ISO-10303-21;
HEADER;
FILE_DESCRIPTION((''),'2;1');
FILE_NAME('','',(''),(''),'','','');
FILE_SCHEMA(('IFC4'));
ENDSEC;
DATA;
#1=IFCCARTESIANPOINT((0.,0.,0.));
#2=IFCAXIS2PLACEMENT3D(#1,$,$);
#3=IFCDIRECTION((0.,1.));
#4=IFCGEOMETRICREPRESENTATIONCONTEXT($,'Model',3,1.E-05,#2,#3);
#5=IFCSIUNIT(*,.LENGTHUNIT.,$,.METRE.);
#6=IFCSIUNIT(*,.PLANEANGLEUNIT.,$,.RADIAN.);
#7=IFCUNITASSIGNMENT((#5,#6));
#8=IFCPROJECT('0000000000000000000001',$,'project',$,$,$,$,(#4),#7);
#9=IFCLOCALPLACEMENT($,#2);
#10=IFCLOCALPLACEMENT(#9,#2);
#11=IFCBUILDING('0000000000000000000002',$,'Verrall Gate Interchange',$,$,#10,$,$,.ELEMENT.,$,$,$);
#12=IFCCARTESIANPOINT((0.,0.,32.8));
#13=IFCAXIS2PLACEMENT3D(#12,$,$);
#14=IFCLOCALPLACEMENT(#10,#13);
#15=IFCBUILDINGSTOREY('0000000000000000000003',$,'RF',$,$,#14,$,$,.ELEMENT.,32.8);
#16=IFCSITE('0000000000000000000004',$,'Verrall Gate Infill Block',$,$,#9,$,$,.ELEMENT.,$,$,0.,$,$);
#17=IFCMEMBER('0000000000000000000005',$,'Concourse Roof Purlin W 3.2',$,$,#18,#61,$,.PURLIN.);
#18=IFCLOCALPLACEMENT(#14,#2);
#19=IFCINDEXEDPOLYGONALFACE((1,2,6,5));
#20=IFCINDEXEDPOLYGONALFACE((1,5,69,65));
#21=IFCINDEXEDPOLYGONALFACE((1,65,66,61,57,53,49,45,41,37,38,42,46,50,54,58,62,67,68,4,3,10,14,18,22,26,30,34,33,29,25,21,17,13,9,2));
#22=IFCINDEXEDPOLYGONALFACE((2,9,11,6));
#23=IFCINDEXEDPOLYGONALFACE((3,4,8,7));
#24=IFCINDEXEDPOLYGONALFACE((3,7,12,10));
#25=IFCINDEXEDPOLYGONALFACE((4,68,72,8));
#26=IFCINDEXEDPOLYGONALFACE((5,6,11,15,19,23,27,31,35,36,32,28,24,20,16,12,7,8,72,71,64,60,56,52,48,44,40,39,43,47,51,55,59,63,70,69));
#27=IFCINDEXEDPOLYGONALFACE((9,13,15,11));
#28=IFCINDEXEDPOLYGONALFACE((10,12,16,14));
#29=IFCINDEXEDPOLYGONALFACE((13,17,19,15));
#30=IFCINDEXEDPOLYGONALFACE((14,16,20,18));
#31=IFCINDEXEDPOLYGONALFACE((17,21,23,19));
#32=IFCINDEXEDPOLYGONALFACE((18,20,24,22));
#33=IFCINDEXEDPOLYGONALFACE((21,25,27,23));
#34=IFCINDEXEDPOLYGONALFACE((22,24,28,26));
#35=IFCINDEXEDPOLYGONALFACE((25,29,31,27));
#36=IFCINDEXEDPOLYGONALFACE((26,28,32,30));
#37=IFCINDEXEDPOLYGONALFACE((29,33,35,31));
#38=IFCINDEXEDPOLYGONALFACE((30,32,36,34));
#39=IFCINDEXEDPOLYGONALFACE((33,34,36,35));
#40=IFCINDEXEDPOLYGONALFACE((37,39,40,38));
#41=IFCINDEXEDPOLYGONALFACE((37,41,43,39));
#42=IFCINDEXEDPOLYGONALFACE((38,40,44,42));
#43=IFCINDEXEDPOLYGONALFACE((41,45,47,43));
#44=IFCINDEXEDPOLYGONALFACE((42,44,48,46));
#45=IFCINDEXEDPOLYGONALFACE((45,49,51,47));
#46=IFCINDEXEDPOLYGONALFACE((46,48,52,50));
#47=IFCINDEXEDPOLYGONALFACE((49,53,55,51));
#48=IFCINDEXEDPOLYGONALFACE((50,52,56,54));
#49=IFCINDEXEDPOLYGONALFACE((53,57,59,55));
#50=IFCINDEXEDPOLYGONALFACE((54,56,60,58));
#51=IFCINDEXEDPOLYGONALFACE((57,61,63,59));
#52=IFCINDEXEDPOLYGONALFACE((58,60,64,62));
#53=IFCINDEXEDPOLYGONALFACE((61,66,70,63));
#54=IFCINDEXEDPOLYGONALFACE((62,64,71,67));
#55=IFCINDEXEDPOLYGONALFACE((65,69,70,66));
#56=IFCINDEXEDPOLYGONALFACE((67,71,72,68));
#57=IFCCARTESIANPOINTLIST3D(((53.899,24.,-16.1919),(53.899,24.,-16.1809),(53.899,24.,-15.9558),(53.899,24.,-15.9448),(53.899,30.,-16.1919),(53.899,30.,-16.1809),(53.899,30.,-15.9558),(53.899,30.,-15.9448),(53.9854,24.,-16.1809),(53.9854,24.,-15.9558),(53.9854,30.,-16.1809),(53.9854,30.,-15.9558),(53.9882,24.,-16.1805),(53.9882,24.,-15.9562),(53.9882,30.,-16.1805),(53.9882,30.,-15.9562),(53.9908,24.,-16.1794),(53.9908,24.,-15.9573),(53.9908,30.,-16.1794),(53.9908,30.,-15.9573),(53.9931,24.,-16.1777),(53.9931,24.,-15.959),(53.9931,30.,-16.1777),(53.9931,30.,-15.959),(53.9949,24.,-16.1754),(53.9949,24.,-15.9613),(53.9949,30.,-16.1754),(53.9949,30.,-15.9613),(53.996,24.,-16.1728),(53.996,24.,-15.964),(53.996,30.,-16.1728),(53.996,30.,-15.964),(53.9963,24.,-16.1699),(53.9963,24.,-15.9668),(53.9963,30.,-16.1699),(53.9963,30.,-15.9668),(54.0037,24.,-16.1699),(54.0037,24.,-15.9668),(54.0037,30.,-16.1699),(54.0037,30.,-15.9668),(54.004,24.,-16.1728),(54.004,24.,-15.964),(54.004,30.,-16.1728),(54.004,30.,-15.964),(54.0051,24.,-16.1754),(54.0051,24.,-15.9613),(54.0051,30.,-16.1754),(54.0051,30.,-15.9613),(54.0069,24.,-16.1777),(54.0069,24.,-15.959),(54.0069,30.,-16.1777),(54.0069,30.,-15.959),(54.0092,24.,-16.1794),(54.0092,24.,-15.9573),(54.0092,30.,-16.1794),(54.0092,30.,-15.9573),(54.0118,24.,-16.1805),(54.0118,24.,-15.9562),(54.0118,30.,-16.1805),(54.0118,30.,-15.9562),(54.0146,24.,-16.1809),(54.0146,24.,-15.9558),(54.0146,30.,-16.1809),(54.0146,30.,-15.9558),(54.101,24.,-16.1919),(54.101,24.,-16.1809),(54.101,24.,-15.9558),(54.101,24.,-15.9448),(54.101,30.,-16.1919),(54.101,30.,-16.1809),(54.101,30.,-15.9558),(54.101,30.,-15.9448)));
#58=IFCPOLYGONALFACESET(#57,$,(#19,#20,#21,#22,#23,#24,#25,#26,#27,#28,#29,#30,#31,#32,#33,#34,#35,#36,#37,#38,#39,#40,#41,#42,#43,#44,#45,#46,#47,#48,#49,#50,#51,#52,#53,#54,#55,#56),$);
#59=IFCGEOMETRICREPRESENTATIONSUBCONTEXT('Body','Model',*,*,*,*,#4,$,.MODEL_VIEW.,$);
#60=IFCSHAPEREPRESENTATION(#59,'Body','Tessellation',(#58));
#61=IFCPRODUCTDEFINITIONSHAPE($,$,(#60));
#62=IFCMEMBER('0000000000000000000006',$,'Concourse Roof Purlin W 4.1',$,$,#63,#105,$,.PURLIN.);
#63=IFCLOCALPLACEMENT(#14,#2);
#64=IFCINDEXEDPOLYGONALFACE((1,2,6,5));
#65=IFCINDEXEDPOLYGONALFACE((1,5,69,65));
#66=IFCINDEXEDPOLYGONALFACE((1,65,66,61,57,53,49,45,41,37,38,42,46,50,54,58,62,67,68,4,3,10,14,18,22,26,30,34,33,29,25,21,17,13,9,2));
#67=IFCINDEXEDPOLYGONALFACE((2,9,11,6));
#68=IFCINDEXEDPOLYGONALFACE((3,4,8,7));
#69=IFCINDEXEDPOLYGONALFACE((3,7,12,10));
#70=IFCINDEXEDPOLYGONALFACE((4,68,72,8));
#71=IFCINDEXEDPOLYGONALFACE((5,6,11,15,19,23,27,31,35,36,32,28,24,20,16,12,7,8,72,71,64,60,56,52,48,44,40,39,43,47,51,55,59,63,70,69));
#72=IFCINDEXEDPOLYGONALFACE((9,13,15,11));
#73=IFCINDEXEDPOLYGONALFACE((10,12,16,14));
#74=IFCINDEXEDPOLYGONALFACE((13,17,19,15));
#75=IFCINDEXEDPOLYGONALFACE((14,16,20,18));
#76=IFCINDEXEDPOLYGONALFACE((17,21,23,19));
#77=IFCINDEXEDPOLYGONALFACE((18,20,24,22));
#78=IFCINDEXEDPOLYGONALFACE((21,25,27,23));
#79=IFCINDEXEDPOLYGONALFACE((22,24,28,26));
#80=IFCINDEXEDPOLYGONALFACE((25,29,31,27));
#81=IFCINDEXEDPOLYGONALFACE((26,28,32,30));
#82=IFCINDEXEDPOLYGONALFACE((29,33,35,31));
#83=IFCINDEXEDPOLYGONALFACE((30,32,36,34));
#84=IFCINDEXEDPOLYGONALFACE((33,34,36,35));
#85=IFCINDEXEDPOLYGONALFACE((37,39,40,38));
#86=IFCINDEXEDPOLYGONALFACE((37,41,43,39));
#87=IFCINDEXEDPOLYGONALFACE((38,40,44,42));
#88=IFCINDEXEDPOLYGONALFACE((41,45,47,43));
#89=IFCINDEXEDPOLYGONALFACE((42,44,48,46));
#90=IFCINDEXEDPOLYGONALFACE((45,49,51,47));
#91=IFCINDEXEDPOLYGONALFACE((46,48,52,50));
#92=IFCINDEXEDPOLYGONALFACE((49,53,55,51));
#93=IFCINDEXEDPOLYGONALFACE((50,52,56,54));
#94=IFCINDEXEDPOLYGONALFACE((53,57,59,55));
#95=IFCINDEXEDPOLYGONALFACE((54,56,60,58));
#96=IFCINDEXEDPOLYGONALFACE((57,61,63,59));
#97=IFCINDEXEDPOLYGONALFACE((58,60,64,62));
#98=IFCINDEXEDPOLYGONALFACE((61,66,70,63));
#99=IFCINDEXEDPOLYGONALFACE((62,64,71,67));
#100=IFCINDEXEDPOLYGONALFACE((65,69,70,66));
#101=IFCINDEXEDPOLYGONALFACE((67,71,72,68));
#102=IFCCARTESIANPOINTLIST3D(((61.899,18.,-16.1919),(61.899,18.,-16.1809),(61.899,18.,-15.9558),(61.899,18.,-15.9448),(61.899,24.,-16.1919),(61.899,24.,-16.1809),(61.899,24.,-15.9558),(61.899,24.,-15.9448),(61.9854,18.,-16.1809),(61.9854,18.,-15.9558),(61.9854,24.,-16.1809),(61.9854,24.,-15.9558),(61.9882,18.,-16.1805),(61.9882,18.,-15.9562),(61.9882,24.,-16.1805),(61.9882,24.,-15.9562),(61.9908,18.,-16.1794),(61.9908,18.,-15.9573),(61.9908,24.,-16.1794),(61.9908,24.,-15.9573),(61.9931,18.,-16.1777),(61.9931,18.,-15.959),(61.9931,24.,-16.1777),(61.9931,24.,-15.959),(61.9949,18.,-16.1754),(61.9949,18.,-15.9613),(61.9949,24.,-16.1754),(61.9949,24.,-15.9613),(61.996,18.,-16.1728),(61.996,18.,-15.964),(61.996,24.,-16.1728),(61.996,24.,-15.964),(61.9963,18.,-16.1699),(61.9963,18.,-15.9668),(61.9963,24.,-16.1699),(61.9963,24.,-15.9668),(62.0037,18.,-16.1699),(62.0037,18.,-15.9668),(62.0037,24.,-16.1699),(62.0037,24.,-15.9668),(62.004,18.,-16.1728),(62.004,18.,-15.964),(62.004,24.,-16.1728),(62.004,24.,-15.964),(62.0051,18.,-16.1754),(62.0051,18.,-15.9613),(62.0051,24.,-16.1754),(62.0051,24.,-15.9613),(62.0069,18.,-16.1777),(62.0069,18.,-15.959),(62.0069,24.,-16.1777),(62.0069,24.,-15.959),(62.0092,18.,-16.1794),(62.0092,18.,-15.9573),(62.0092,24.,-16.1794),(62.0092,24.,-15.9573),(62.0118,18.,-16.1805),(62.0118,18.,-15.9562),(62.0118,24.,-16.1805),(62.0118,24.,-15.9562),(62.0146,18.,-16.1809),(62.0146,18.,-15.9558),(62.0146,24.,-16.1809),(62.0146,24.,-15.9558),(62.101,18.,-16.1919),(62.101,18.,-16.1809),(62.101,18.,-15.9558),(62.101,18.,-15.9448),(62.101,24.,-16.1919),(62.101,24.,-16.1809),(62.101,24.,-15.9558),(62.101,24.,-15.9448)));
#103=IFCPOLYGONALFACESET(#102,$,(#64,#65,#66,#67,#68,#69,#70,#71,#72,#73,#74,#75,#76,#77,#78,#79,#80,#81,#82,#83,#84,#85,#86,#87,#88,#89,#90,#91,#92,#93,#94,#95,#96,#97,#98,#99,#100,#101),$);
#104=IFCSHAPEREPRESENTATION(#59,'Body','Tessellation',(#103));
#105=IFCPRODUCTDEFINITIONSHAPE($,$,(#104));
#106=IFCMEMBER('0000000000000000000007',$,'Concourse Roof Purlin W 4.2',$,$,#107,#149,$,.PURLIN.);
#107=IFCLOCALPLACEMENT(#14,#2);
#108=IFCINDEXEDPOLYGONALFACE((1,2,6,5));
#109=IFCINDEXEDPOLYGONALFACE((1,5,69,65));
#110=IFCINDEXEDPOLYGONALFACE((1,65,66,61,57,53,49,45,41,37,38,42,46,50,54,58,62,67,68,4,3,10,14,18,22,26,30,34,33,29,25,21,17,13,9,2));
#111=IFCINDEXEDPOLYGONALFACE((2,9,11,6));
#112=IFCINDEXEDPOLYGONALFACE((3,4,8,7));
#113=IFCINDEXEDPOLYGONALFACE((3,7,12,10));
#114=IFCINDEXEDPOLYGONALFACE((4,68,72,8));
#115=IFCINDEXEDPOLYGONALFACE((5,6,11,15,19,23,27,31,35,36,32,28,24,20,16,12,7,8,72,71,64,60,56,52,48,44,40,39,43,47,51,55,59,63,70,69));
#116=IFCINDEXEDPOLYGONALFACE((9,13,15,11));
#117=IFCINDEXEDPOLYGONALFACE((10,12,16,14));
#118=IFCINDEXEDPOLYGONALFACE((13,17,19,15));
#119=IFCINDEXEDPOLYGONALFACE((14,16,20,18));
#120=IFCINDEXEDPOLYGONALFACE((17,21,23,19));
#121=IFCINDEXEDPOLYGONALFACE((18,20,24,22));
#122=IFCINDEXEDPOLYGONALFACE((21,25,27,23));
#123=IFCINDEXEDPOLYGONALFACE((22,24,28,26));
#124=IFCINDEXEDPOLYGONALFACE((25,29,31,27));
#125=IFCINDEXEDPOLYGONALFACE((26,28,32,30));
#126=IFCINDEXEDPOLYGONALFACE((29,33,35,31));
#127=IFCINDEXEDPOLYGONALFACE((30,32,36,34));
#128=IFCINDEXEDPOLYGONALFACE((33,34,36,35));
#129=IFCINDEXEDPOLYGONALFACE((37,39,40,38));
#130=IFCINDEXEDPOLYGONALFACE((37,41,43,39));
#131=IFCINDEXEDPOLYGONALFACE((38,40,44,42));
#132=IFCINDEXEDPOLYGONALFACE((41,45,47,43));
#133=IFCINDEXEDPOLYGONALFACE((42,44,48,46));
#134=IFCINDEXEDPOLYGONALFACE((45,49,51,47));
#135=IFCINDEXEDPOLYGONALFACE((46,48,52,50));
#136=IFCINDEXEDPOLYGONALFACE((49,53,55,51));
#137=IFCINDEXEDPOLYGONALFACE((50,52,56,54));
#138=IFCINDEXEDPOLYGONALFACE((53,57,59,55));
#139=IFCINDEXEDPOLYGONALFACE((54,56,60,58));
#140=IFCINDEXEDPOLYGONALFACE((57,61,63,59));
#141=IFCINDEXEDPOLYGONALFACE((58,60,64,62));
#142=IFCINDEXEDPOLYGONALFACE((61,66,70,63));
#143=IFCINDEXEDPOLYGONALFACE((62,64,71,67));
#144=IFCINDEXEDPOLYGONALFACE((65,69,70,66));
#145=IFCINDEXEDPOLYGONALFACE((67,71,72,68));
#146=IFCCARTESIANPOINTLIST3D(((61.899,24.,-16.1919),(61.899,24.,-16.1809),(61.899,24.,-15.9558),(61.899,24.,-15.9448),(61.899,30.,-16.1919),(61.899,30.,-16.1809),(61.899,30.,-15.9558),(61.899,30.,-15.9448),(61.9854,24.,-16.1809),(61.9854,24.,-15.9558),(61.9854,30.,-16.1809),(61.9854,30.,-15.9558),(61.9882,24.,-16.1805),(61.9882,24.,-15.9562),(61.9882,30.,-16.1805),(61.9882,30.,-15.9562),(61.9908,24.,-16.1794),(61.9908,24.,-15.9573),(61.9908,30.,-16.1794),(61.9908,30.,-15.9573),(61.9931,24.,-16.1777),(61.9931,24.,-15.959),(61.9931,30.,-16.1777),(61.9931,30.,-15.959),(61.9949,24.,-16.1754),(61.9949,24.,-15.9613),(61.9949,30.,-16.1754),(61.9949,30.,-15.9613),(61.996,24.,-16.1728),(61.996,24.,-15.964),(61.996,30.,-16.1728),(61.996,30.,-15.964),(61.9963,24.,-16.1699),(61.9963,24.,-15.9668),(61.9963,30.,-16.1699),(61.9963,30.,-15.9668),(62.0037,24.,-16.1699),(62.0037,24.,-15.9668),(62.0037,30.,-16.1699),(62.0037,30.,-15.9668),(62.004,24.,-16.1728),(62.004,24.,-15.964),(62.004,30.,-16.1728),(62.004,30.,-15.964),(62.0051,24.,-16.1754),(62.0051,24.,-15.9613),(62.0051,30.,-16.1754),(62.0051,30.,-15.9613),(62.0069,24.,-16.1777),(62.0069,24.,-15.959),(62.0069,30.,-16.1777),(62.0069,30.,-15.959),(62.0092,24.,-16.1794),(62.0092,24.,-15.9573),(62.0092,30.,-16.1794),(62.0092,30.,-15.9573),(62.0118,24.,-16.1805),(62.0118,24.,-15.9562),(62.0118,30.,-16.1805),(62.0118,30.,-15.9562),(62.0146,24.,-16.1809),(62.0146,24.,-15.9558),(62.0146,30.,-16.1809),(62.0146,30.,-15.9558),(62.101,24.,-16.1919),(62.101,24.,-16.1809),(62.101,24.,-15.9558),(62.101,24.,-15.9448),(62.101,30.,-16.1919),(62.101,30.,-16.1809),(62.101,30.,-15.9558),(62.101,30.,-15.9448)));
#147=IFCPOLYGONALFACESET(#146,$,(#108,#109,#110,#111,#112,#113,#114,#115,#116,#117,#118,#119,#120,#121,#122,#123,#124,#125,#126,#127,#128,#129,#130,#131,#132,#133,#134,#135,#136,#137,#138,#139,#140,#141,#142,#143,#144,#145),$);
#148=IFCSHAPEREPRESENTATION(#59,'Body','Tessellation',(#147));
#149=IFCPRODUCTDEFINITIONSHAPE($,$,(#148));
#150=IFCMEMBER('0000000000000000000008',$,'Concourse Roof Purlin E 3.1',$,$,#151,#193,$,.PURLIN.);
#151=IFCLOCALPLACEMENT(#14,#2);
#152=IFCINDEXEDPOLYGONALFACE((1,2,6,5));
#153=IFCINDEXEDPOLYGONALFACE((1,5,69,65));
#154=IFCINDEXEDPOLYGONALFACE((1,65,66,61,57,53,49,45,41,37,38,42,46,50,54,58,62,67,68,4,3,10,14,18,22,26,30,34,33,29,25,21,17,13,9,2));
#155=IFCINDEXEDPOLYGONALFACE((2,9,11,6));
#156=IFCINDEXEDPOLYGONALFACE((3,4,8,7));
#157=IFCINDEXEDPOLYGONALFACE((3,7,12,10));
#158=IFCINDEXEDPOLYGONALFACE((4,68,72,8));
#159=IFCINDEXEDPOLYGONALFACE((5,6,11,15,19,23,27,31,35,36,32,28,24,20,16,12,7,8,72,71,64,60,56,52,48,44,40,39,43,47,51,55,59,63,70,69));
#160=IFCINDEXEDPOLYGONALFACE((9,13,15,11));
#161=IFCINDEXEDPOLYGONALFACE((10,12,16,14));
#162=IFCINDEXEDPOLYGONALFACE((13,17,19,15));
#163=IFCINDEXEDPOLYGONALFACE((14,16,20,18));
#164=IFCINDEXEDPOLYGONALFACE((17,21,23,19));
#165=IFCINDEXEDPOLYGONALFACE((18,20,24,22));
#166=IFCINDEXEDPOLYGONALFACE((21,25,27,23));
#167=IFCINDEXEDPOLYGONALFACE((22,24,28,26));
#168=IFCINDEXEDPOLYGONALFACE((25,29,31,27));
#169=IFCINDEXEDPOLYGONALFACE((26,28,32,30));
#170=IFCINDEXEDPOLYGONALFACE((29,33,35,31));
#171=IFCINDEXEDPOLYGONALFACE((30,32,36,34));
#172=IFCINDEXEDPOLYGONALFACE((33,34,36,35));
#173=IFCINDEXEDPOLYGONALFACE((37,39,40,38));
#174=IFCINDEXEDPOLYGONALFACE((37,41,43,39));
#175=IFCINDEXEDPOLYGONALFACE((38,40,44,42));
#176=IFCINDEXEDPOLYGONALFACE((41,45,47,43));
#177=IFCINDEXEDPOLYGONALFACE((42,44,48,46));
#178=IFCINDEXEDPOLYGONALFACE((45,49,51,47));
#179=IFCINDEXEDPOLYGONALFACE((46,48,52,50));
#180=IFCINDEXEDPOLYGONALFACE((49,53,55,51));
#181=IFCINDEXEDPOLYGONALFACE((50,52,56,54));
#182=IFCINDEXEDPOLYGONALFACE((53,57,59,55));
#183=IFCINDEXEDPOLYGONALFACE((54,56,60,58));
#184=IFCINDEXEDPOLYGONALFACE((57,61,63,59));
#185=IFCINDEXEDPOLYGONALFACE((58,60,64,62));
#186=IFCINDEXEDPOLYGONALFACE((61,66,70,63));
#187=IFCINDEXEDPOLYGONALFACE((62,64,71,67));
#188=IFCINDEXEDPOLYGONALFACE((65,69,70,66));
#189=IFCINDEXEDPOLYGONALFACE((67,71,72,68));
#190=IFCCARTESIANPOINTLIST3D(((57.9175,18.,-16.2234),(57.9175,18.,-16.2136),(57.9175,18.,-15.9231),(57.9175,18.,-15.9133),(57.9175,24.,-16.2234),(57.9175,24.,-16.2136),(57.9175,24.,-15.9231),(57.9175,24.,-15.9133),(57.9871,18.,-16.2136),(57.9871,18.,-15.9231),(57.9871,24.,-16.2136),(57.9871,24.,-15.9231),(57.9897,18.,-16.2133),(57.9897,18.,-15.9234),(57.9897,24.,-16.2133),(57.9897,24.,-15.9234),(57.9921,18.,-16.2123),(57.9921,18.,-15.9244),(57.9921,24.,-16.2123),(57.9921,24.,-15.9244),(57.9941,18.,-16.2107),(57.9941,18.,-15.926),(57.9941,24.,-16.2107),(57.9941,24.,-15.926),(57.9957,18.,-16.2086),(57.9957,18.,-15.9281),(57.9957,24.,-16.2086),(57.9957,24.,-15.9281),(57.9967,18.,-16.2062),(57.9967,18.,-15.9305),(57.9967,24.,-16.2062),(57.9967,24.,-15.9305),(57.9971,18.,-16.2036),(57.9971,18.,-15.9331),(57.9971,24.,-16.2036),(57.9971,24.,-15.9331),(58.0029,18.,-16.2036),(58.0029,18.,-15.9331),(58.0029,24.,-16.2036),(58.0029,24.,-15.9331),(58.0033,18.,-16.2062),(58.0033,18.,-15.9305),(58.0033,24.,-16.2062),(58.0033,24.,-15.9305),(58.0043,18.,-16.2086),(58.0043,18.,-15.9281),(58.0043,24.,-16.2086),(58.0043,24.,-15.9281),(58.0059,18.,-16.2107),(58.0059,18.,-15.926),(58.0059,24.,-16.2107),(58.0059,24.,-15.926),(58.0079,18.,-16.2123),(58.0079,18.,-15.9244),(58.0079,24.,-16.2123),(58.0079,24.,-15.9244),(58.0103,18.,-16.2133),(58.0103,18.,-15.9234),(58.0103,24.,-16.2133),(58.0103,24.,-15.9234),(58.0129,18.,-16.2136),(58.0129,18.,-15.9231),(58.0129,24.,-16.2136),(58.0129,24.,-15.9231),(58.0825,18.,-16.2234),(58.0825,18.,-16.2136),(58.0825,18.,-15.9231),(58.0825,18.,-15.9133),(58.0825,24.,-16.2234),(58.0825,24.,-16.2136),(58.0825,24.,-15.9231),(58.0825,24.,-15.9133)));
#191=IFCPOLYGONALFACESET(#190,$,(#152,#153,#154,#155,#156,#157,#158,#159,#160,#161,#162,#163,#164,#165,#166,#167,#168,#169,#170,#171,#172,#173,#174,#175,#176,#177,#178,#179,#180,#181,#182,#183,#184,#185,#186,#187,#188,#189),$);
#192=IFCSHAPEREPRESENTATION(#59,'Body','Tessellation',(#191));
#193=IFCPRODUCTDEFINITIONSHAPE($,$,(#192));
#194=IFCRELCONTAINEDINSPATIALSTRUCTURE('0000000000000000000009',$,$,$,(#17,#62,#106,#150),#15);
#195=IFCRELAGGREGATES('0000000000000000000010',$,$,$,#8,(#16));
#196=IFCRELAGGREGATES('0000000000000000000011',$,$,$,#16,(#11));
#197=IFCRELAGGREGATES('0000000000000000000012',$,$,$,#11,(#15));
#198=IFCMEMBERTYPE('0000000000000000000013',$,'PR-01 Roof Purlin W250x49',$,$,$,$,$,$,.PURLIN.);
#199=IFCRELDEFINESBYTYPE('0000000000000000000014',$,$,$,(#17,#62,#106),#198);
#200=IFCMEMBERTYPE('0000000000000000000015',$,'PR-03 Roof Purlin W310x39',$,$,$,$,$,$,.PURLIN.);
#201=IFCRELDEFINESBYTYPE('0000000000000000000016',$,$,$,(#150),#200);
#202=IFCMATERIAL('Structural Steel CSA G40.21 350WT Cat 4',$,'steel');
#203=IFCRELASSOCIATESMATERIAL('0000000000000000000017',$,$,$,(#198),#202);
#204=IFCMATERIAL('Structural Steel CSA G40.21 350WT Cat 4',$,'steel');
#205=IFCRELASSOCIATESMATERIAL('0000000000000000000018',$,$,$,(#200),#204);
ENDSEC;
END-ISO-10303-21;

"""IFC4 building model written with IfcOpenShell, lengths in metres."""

from ifc_helpers import new_model, si_unit, direction, frame, origin, origin_2d, place, context, subcontext, project, spatial, i_section, extrude, material, material_profile, profile_set, type_object, element, save


model = new_model("IFC4")

# Units and contexts
model_context = context("Model", 3, precision=1e-05, world=origin(), true_north=direction((0.0, 1.0)))
body_context = subcontext(model_context, "Body", "Model", "MODEL_VIEW")
ifc_project = project(units=[si_unit("LENGTHUNIT", "METRE"), si_unit("PLANEANGLEUNIT", "RADIAN")], contexts=[model_context])

# Site, building, storey
site_placement = place(None, origin())
site = spatial("IfcSite", under=ifc_project, at=site_placement, Name="Verrall Gate Infill Block", CompositionType="ELEMENT", RefElevation=0.0)
building_placement = place(site_placement, origin())
building = spatial("IfcBuilding", under=site, at=building_placement, Name="Verrall Gate Interchange", CompositionType="ELEMENT")
storey_placement = place(building_placement, frame((0.0, 0.0, 32.8)))
storey = spatial("IfcBuildingStorey", under=building, at=storey_placement, Name="RF", CompositionType="ELEMENT", Elevation=32.8)

# Members
ifc_material_1 = material(Name="Structural Steel CSA G40.21 350WT Cat 4", Category="steel")
ifc_material_profile_1 = material_profile(ifc_material_1, i_section(OverallWidth=0.2019, OverallDepth=0.2471, WebThickness=0.0073, FlangeThickness=0.011, FilletRadius=0.011, at=origin_2d()), Name="W250x49")
ifc_profile_set_1 = profile_set([ifc_material_profile_1], Name="Structural Steel CSA G40.21 350WT Cat 4")
member_type_1 = type_object("IfcMemberType", Name="PR-01 Roof Purlin W250x49", PredefinedType="PURLIN", material=ifc_profile_set_1)
for number, where, z_axis, x_axis, name in (
    (1, (54.0, 24.0, -16.0684), (0.0, 1.0, 0.0), (-1.0, 0.0, 0.0), "Concourse Roof Purlin W 3.2"),
    (2, (62.0, 18.0, -16.0684), (0.0, 1.0, 0.0), (-1.0, 0.0, 0.0), "Concourse Roof Purlin W 4.1"),
    (3, (62.0, 24.0, -16.0684), (0.0, 1.0, 0.0), (-1.0, 0.0, 0.0), "Concourse Roof Purlin W 4.2"),
):
    element("IfcMember", number, at=place(storey_placement, frame(where, z_axis=z_axis, x_axis=x_axis)), inside=storey, type_object=member_type_1, Name=name, PredefinedType="PURLIN", context=body_context, shape_type="SweptSolid", body=[
        extrude(i_section(OverallWidth=0.2019, OverallDepth=0.2471, WebThickness=0.0073, FlangeThickness=0.011, FilletRadius=0.011, at=origin_2d()), origin(), (0.0, 0.0, 1.0), 6.0),
    ])
ifc_material_2 = material(Name="Structural Steel CSA G40.21 350WT Cat 4", Category="steel")
ifc_material_profile_2 = material_profile(ifc_material_2, i_section(OverallWidth=0.165, OverallDepth=0.3101, WebThickness=0.0059, FlangeThickness=0.0098, FilletRadius=0.01, at=origin_2d()), Name="W310x39")
ifc_profile_set_2 = profile_set([ifc_material_profile_2], Name="Structural Steel CSA G40.21 350WT Cat 4")
member_type_2 = type_object("IfcMemberType", Name="PR-03 Roof Purlin W310x39", PredefinedType="PURLIN", material=ifc_profile_set_2)
for number, where, z_axis, x_axis, name in (
    (4, (58.0, 18.0, -16.0684), (0.0, 1.0, 0.0), (-1.0, 0.0, 0.0), "Concourse Roof Purlin E 3.1"),
):
    element("IfcMember", number, at=place(storey_placement, frame(where, z_axis=z_axis, x_axis=x_axis)), inside=storey, type_object=member_type_2, Name=name, PredefinedType="PURLIN", context=body_context, shape_type="SweptSolid", body=[
        extrude(i_section(OverallWidth=0.165, OverallDepth=0.3101, WebThickness=0.0059, FlangeThickness=0.0098, FilletRadius=0.01, at=origin_2d()), origin(), (0.0, 0.0, 1.0), 6.0),
    ])

save(model, "model.ifc")
